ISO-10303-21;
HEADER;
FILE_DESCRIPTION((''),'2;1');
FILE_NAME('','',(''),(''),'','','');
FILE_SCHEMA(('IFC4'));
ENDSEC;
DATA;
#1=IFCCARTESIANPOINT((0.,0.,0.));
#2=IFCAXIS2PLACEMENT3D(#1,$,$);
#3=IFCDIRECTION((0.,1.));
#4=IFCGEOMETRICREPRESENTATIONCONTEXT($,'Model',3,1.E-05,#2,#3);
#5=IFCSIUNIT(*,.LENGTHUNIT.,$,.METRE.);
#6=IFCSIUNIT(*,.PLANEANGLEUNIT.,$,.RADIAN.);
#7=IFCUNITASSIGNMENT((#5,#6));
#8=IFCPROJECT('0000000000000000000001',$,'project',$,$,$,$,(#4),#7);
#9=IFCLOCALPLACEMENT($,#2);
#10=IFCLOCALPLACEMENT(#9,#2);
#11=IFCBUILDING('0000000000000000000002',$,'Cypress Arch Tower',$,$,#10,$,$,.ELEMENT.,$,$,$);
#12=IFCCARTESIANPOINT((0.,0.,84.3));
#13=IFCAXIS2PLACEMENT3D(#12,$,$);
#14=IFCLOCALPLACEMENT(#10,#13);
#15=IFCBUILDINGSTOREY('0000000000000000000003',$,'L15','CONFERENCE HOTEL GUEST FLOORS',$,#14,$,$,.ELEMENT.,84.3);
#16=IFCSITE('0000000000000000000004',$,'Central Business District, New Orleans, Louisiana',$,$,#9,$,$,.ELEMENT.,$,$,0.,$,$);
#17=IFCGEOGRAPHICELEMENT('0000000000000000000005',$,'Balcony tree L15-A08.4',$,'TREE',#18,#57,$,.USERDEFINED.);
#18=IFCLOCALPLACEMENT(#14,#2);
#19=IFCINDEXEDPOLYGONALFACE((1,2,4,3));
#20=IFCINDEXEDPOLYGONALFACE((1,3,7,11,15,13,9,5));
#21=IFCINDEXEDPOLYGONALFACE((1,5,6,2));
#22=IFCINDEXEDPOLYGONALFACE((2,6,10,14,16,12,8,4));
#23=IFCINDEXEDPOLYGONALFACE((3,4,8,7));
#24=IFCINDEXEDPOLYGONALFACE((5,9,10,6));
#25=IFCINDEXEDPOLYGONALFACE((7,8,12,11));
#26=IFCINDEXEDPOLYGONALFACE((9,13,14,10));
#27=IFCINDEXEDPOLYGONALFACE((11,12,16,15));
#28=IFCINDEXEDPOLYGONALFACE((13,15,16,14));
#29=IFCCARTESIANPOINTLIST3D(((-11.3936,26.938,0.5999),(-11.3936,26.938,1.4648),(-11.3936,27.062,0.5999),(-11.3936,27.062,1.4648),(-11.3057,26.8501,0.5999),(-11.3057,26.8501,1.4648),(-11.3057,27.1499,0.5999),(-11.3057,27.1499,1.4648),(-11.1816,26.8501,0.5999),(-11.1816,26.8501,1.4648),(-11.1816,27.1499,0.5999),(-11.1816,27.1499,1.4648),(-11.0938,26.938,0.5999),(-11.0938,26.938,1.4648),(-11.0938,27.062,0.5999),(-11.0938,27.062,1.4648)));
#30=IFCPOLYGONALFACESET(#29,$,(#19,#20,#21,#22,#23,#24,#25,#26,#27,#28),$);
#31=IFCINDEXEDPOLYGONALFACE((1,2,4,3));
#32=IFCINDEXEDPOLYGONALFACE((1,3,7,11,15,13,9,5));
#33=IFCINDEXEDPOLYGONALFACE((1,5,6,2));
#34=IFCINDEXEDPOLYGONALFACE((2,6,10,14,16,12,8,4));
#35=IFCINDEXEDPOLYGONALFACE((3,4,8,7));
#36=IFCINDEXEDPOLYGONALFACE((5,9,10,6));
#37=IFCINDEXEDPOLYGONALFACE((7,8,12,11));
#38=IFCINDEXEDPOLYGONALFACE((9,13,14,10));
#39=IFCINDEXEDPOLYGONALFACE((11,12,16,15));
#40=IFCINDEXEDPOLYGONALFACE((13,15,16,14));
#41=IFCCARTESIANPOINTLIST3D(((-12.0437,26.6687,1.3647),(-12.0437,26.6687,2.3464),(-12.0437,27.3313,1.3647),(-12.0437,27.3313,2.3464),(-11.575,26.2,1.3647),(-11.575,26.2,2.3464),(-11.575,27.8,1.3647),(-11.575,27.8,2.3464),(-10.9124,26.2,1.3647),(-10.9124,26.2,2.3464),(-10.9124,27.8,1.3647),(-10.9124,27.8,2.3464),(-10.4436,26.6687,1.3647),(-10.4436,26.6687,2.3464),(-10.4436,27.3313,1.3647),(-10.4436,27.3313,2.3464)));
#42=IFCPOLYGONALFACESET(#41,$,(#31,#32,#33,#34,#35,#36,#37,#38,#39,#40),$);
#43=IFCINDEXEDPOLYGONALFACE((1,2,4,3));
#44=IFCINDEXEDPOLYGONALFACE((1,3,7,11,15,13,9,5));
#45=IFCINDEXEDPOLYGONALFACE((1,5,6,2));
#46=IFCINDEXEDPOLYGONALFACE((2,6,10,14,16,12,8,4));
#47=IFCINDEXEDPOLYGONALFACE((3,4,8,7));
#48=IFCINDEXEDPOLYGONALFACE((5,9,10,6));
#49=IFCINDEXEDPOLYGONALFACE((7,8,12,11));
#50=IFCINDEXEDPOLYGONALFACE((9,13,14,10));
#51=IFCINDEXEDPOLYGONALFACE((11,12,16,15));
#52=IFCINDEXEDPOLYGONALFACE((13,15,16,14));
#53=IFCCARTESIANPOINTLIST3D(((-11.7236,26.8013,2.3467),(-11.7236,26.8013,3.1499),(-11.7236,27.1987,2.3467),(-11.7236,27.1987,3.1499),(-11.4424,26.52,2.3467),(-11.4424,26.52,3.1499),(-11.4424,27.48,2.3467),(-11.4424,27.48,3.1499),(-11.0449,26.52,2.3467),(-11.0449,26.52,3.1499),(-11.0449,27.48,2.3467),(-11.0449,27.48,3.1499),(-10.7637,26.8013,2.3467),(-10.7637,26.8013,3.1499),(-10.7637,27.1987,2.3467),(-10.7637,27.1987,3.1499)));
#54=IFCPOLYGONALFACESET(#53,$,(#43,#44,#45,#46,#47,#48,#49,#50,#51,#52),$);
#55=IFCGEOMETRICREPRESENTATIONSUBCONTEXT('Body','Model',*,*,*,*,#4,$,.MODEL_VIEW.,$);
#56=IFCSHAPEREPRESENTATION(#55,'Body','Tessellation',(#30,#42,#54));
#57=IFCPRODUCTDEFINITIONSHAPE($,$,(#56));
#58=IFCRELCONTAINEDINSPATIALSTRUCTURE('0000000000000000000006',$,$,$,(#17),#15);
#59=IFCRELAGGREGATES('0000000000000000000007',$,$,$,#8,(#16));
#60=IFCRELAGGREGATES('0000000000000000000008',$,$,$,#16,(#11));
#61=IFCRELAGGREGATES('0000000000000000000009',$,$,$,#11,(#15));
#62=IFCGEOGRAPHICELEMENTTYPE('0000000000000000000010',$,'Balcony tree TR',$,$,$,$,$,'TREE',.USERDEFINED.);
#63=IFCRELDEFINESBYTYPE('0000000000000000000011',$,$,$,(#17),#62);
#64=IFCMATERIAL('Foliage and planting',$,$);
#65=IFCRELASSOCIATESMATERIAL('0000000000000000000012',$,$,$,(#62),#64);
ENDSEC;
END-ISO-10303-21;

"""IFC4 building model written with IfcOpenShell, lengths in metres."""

from ifc_helpers import new_model, si_unit, direction, frame, origin, place, context, subcontext, project, spatial, polyline, outline, extrude, material, type_object, element, save


model = new_model("IFC4")

# Units and contexts
model_context = context("Model", 3, precision=1e-05, world=origin(), true_north=direction((0.0, 1.0)))
body_context = subcontext(model_context, "Body", "Model", "MODEL_VIEW")
ifc_project = project(units=[si_unit("LENGTHUNIT", "METRE"), si_unit("PLANEANGLEUNIT", "RADIAN")], contexts=[model_context])

# Site, building, storey
site_placement = place(None, origin())
site = spatial("IfcSite", under=ifc_project, at=site_placement, Name="Central Business District, New Orleans, Louisiana", CompositionType="ELEMENT", RefElevation=0.0)
building_placement = place(site_placement, origin())
building = spatial("IfcBuilding", under=site, at=building_placement, Name="Cypress Arch Tower", CompositionType="ELEMENT")
storey_placement = place(building_placement, frame((0.0, 0.0, 84.3)))
storey = spatial("IfcBuildingStorey", under=building, at=storey_placement, Name="L15", Description="CONFERENCE HOTEL GUEST FLOORS", CompositionType="ELEMENT", Elevation=84.3)

# Geographic element
ifc_material_1 = material(Name="Foliage and planting")
geographic_element_type = type_object("IfcGeographicElementType", Name="Balcony tree TR", ElementType="TREE", PredefinedType="USERDEFINED", material=ifc_material_1)
geographic_element_placement = place(storey_placement, frame((-11.2437, 27.0, 0.5999), z_axis=(0.0, 0.0, 1.0), x_axis=(1.0, 0.0, 0.0)))
element("IfcGeographicElement", 1, at=geographic_element_placement, inside=storey, type_object=geographic_element_type, Name="Balcony tree L15-A08.4", ObjectType="TREE", PredefinedType="USERDEFINED", context=body_context, shape_type="SweptSolid", body=[
    extrude(outline(polyline([(0.1499, 0.062), (0.062, 0.1499), (-0.062, 0.1499), (-0.1499, 0.062), (-0.1499, -0.062), (-0.062, -0.1499), (0.062, -0.1499), (0.1499, -0.062), (0.1499, 0.062)])), origin(), (0.0, 0.0, 1.0), 0.865),
    extrude(outline(polyline([(0.8, 0.3313), (0.3313, 0.8), (-0.3313, 0.8), (-0.8, 0.3313), (-0.8, -0.3313), (-0.3313, -0.8), (0.3313, -0.8), (0.8, -0.3313), (0.8, 0.3313)])), frame((0.0, 0.0, 0.7649)), (0.0, 0.0, 1.0), 0.9817),
    extrude(outline(polyline([(0.48, 0.1987), (0.1987, 0.48), (-0.1987, 0.48), (-0.48, 0.1987), (-0.48, -0.1987), (-0.1987, -0.48), (0.1987, -0.48), (0.48, -0.1987), (0.48, 0.1987)])), frame((0.0, 0.0, 1.7468)), (0.0, 0.0, 1.0), 0.8032),
])

save(model, "model.ifc")
